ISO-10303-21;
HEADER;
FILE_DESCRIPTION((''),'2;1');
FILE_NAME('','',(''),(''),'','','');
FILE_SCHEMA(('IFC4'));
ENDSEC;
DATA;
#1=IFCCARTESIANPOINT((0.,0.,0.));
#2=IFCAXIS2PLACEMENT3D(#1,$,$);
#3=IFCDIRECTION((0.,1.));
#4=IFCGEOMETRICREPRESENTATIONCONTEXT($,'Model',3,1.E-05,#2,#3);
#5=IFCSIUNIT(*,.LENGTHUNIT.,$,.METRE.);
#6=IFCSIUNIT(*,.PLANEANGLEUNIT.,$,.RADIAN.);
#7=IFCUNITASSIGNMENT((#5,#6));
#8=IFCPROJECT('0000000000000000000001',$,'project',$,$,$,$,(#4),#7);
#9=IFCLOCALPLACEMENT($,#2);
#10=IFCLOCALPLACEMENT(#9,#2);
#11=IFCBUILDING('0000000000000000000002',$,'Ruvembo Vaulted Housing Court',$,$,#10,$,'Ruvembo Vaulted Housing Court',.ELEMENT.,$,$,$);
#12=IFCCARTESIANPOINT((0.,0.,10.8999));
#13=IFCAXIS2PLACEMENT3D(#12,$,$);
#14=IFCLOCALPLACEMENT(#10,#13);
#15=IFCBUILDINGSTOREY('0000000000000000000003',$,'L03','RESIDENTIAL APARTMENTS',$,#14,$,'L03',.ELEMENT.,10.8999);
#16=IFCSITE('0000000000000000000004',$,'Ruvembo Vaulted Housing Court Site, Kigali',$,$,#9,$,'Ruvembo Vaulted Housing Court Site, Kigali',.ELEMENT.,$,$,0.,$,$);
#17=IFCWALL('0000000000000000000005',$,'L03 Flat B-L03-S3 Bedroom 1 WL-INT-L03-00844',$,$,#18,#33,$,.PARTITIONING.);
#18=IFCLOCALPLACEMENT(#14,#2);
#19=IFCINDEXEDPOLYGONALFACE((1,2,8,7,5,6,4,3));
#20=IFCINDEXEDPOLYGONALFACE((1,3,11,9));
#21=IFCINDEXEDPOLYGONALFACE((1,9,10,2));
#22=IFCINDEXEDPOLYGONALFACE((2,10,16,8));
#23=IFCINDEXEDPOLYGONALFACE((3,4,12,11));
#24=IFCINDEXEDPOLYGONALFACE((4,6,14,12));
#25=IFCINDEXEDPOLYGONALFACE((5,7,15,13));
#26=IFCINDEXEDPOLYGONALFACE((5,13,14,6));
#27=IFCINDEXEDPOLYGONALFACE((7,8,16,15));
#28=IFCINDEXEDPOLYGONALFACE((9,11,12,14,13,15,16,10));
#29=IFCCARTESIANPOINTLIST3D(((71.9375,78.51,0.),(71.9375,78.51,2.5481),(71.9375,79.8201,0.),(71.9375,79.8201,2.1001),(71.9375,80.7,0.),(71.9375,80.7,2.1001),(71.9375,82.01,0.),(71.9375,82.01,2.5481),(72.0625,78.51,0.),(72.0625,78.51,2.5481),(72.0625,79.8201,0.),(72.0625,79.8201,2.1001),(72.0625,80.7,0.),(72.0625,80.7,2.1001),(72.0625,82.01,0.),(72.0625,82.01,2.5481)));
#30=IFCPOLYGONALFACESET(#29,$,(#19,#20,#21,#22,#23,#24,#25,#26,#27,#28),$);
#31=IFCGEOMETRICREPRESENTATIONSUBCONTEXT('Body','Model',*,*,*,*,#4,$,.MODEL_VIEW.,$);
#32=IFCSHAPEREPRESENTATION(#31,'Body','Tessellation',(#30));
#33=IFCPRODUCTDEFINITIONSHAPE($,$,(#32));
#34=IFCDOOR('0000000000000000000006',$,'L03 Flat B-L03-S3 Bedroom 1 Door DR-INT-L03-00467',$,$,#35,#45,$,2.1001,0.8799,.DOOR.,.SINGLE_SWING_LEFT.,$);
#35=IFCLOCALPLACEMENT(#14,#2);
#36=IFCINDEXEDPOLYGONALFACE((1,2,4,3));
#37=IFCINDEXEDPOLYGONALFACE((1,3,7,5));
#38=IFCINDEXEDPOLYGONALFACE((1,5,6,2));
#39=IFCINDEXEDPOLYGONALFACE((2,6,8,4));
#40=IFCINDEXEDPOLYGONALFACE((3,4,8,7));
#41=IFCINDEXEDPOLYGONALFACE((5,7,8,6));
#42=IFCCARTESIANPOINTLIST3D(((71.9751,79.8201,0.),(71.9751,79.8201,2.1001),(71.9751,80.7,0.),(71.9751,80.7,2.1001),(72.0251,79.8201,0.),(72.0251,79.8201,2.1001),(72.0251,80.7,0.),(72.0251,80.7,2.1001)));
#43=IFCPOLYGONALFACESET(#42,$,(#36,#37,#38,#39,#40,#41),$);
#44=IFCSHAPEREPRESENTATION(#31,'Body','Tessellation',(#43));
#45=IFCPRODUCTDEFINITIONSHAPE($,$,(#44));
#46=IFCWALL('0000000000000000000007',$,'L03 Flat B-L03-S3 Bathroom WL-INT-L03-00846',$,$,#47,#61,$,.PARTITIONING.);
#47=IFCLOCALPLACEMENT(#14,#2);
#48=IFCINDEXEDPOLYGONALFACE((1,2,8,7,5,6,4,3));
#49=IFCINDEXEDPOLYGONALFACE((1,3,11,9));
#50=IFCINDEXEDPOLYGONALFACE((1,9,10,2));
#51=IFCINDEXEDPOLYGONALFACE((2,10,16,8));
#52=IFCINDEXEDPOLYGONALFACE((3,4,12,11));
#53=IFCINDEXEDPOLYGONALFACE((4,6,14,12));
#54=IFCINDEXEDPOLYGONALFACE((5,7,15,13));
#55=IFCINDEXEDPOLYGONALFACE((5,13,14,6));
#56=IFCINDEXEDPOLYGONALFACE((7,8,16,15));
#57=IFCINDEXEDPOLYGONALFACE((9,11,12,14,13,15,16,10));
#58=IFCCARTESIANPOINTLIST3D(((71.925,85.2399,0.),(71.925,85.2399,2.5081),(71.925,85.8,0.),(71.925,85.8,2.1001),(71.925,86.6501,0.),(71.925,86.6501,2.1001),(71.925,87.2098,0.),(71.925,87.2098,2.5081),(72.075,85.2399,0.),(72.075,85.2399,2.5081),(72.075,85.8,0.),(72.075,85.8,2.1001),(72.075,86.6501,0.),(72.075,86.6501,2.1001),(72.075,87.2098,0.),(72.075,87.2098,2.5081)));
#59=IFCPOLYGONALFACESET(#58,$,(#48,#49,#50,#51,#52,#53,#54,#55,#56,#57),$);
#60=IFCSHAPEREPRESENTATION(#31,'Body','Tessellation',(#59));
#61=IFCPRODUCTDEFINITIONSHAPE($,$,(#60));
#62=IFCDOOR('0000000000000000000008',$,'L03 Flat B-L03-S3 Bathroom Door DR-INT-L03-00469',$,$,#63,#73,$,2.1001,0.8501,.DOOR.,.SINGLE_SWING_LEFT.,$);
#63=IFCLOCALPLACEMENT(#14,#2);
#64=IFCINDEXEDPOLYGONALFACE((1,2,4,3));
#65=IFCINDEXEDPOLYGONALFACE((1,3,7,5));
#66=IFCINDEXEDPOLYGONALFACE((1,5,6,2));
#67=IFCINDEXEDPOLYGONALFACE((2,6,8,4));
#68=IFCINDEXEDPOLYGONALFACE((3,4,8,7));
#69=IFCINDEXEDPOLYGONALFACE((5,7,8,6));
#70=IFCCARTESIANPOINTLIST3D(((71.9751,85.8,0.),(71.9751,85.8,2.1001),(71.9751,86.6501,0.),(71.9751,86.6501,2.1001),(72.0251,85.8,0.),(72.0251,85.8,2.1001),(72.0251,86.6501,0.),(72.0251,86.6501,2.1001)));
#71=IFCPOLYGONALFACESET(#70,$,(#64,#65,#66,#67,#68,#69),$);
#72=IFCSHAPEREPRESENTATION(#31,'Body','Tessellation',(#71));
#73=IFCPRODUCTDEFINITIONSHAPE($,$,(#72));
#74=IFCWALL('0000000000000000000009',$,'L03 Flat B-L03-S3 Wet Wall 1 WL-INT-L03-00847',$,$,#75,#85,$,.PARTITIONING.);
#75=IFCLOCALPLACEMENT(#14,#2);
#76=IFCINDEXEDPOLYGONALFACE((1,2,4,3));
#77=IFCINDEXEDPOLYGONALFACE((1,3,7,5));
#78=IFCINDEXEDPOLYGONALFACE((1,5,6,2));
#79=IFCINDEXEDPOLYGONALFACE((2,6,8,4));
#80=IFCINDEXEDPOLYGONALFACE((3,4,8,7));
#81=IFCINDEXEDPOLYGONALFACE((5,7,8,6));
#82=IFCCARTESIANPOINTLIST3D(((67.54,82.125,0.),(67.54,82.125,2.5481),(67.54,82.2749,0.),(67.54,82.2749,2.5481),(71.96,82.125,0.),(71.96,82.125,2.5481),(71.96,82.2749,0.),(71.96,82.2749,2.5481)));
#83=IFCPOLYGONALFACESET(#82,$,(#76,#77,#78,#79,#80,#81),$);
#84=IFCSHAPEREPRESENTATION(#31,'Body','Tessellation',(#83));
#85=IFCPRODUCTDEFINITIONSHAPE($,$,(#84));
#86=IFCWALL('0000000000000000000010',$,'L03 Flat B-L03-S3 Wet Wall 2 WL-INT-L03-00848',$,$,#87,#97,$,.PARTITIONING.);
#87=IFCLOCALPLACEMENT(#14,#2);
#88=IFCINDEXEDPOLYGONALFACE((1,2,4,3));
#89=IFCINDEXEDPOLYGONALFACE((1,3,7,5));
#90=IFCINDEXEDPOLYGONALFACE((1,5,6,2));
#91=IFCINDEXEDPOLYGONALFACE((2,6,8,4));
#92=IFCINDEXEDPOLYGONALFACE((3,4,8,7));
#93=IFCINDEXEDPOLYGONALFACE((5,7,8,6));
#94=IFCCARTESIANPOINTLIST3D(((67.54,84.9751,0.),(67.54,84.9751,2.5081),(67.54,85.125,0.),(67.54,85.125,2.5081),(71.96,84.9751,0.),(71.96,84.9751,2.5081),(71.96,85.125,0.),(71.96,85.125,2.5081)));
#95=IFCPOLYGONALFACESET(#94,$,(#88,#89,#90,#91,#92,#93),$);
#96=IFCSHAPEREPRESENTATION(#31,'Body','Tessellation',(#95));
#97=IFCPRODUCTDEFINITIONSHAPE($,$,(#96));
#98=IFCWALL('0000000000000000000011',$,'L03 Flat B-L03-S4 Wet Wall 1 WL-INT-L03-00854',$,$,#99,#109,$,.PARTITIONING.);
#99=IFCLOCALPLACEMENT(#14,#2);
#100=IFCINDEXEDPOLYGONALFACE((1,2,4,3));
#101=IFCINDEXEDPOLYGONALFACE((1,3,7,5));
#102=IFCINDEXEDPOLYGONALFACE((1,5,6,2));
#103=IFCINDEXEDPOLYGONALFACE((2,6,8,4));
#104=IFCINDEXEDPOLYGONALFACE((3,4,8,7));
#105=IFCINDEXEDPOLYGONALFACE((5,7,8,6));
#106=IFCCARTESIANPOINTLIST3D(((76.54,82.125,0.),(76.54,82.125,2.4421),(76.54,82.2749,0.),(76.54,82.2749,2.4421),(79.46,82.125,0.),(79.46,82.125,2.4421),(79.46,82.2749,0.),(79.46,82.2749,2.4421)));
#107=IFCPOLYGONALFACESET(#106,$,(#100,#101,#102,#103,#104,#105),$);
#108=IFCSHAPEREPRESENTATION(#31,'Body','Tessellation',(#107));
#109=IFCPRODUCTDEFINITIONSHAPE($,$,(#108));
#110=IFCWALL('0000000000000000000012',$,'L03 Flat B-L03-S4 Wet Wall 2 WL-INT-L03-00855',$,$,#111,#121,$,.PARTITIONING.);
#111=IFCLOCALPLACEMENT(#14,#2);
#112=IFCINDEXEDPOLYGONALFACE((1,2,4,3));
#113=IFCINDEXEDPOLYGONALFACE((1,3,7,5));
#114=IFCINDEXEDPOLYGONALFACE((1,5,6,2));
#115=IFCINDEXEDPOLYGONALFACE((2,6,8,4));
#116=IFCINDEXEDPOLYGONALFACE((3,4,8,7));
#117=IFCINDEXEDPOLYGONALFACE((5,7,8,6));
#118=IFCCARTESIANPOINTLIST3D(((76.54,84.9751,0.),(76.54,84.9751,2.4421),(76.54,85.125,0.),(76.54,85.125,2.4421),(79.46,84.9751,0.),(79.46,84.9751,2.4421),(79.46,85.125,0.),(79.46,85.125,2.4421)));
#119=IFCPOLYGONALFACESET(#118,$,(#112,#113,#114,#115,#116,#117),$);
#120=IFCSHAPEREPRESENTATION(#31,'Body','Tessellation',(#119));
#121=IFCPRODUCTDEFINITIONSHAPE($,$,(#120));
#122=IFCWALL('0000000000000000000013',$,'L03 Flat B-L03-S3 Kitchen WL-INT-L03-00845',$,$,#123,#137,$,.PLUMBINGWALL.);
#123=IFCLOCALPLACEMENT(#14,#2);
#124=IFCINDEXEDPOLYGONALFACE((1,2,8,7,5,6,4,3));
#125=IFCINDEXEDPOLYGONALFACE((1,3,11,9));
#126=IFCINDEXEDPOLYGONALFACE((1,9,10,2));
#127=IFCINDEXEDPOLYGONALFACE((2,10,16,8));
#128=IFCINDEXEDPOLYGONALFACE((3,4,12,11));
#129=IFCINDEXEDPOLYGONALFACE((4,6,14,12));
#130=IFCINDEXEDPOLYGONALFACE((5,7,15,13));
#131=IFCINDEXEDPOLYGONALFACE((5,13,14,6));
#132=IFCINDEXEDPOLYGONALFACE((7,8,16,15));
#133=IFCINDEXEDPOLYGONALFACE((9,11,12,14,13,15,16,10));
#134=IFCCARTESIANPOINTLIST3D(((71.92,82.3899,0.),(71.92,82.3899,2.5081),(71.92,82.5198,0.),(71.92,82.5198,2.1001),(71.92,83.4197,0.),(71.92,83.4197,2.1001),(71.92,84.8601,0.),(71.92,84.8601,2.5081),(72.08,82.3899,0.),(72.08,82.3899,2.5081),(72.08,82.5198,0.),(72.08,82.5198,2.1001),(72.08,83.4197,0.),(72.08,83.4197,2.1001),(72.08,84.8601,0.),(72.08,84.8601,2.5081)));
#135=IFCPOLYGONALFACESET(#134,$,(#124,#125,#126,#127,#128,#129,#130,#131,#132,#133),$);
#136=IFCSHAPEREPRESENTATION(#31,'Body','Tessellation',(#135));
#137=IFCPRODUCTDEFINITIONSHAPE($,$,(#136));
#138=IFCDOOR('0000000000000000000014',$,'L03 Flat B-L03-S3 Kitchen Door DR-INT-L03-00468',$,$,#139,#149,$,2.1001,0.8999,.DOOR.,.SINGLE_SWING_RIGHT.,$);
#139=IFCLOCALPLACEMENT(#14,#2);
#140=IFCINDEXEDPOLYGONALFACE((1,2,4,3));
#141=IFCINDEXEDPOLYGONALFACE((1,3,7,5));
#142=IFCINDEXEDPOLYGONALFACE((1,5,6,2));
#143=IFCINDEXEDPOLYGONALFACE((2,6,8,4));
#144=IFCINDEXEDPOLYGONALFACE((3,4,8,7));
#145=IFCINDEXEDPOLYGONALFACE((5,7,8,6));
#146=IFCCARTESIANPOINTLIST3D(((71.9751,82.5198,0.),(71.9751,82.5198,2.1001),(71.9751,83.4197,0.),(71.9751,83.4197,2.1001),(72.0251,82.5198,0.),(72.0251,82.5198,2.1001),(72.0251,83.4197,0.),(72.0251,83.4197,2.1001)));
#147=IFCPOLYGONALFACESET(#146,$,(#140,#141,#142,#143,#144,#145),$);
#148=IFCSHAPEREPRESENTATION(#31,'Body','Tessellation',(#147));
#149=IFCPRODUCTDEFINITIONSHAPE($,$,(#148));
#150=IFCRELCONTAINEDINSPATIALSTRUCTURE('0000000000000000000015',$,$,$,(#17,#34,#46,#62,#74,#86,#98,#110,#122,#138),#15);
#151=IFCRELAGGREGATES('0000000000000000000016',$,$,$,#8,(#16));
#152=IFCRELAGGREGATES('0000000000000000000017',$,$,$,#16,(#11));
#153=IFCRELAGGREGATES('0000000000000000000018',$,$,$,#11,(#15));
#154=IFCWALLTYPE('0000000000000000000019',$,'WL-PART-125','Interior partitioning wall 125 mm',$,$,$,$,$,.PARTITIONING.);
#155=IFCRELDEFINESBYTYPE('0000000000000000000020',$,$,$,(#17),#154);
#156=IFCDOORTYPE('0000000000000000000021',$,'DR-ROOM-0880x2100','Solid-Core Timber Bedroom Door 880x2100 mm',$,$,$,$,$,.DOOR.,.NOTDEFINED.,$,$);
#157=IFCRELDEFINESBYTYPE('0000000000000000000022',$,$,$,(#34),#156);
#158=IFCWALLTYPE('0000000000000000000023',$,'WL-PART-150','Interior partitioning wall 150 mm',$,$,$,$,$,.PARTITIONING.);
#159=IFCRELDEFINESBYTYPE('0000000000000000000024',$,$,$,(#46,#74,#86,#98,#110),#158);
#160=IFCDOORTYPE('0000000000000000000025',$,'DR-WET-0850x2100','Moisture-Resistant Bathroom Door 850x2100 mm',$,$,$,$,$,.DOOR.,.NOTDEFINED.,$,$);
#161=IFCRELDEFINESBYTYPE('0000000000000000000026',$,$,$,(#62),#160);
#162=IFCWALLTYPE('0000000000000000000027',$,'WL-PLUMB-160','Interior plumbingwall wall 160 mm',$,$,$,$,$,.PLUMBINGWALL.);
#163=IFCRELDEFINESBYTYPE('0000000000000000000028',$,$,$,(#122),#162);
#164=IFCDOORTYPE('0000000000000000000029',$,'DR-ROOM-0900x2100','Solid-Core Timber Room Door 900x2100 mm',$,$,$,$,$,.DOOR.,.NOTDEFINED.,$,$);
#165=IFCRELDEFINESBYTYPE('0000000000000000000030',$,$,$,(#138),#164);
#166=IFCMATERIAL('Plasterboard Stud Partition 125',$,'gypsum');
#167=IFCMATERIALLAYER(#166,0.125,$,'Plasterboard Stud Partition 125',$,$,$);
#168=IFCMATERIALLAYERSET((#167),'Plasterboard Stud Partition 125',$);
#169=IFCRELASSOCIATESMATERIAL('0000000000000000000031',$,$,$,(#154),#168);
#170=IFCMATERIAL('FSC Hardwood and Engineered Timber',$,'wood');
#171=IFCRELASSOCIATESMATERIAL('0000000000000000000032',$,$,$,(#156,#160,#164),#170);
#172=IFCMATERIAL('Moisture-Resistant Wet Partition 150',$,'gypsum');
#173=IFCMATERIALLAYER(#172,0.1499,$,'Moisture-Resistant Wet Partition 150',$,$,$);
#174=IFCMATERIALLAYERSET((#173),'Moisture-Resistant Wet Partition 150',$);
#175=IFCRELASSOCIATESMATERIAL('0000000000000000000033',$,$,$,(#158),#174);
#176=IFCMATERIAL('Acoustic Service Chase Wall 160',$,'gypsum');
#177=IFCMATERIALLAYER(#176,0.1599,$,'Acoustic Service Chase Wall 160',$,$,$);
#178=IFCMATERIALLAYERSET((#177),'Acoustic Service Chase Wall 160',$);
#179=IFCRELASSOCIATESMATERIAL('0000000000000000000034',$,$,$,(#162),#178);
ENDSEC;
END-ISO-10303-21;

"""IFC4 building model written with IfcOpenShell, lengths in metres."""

from ifc_helpers import new_model, si_unit, direction, frame, frame_2d, origin, place, context, subcontext, project, spatial, rectangle, extrude, material, layer, layer_set, type_object, element, fill, save


model = new_model("IFC4")

# Units and contexts
model_context = context("Model", 3, precision=1e-05, world=origin(), true_north=direction((0.0, 1.0)))
body_context = subcontext(model_context, "Body", "Model", "MODEL_VIEW")
ifc_project = project(units=[si_unit("LENGTHUNIT", "METRE"), si_unit("PLANEANGLEUNIT", "RADIAN")], contexts=[model_context])

# Site, building, storey
site_placement = place(None, origin())
site = spatial("IfcSite", under=ifc_project, at=site_placement, Name="Ruvembo Vaulted Housing Court Site, Kigali", LongName="Ruvembo Vaulted Housing Court Site, Kigali", CompositionType="ELEMENT", RefElevation=0.0)
building_placement = place(site_placement, origin())
building = spatial("IfcBuilding", under=site, at=building_placement, Name="Ruvembo Vaulted Housing Court", LongName="Ruvembo Vaulted Housing Court", CompositionType="ELEMENT")
storey_placement = place(building_placement, frame((0.0, 0.0, 10.8999)))
storey = spatial("IfcBuildingStorey", under=building, at=storey_placement, Name="L03", Description="RESIDENTIAL APARTMENTS", LongName="L03", CompositionType="ELEMENT", Elevation=10.8999)

# Shared definitions
ifc_material_1 = material(Name="FSC Hardwood and Engineered Timber", Category="wood")

# Walls, openings, doors
ifc_material_2 = material(Name="Plasterboard Stud Partition 125", Category="gypsum")
ifc_layer_1 = layer(ifc_material_2, 0.125, Name="Plasterboard Stud Partition 125")
ifc_layer_set_1 = layer_set([ifc_layer_1], Name="Plasterboard Stud Partition 125")
wall_type_1 = type_object("IfcWallType", Name="WL-PART-125", Description="Interior partitioning wall 125 mm", PredefinedType="PARTITIONING", material=ifc_layer_set_1)
wall_1_placement = place(storey_placement, frame((72.0, 78.51, 0.0), z_axis=(0.0, 0.0, 1.0), x_axis=(0.0, 1.0, 0.0)))
wall_1 = element("IfcWall", 1, at=wall_1_placement, inside=storey, type_object=wall_type_1, Name="L03 Flat B-L03-S3 Bedroom 1 WL-INT-L03-00844", PredefinedType="PARTITIONING", context=body_context, shape_type="SweptSolid", body=[
    extrude(rectangle(XDim=3.5, YDim=0.125, at=frame_2d((1.75, 0.0))), origin(), (0.0, 0.0, 1.0), 2.5481),
])
opening_1_placement = place(wall_1_placement, frame((1.3101, 0.0, 0.0)))
opening_1 = element("IfcOpeningElement", 2, at=opening_1_placement, cuts=wall_1, PredefinedType="OPENING", context=body_context, shape_type="SweptSolid", body=[
    extrude(rectangle(XDim=0.8799, YDim=2.1001, at=frame_2d((0.4399, 1.05))), frame((0.0, 0.0725, 0.0), z_axis=(0.0, -1.0, 0.0), x_axis=(1.0, 0.0, 0.0)), (0.0, 0.0, 1.0), 0.145),
])
door_type_1 = type_object("IfcDoorType", Name="DR-ROOM-0880x2100", Description="Solid-Core Timber Bedroom Door 880x2100 mm", OperationType="NOTDEFINED", PredefinedType="DOOR", material=ifc_material_1)
door_1_placement = place(opening_1_placement, origin())
door_1 = element("IfcDoor", 3, at=door_1_placement, inside=storey, type_object=door_type_1, Name="L03 Flat B-L03-S3 Bedroom 1 Door DR-INT-L03-00467", OperationType="SINGLE_SWING_LEFT", OverallHeight=2.1001, OverallWidth=0.8799, PredefinedType="DOOR", context=body_context, shape_type="SweptSolid", body=[
    extrude(rectangle(XDim=0.8799, YDim=2.1001, at=frame_2d((0.4399, 1.05))), frame((0.0, 0.0249, 0.0), z_axis=(0.0, -1.0, 0.0), x_axis=(1.0, 0.0, 0.0)), (0.0, 0.0, 1.0), 0.05),
])
fill(opening_1, door_1)
ifc_material_3 = material(Name="Moisture-Resistant Wet Partition 150", Category="gypsum")
ifc_layer_2 = layer(ifc_material_3, 0.1499, Name="Moisture-Resistant Wet Partition 150")
ifc_layer_set_2 = layer_set([ifc_layer_2], Name="Moisture-Resistant Wet Partition 150")
wall_type_2 = type_object("IfcWallType", Name="WL-PART-150", Description="Interior partitioning wall 150 mm", PredefinedType="PARTITIONING", material=ifc_layer_set_2)
wall_2_placement = place(storey_placement, frame((72.0, 85.24, 0.0), z_axis=(0.0, 0.0, 1.0), x_axis=(0.0, 1.0, 0.0)))
wall_2 = element("IfcWall", 4, at=wall_2_placement, inside=storey, type_object=wall_type_2, Name="L03 Flat B-L03-S3 Bathroom WL-INT-L03-00846", PredefinedType="PARTITIONING", context=body_context, shape_type="SweptSolid", body=[
    extrude(rectangle(XDim=1.97, YDim=0.1499, at=frame_2d((0.9849, 0.0))), origin(), (0.0, 0.0, 1.0), 2.5081),
])
opening_2_placement = place(wall_2_placement, frame((0.5601, 0.0, 0.0)))
opening_2 = element("IfcOpeningElement", 5, at=opening_2_placement, cuts=wall_2, PredefinedType="OPENING", context=body_context, shape_type="SweptSolid", body=[
    extrude(rectangle(XDim=0.8501, YDim=2.1001, at=frame_2d((0.425, 1.05))), frame((0.0, 0.085, 0.0), z_axis=(0.0, -1.0, 0.0), x_axis=(1.0, 0.0, 0.0)), (0.0, 0.0, 1.0), 0.1699),
])
door_type_2 = type_object("IfcDoorType", Name="DR-WET-0850x2100", Description="Moisture-Resistant Bathroom Door 850x2100 mm", OperationType="NOTDEFINED", PredefinedType="DOOR", material=ifc_material_1)
door_2_placement = place(opening_2_placement, origin())
door_2 = element("IfcDoor", 6, at=door_2_placement, inside=storey, type_object=door_type_2, Name="L03 Flat B-L03-S3 Bathroom Door DR-INT-L03-00469", OperationType="SINGLE_SWING_LEFT", OverallHeight=2.1001, OverallWidth=0.8501, PredefinedType="DOOR", context=body_context, shape_type="SweptSolid", body=[
    extrude(rectangle(XDim=0.8501, YDim=2.1001, at=frame_2d((0.425, 1.05))), frame((0.0, 0.0249, 0.0), z_axis=(0.0, -1.0, 0.0), x_axis=(1.0, 0.0, 0.0)), (0.0, 0.0, 1.0), 0.05),
])
fill(opening_2, door_2)

# Walls
wall_3_placement = place(storey_placement, frame((67.54, 82.2, 0.0), z_axis=(0.0, 0.0, 1.0), x_axis=(1.0, 0.0, 0.0)))
element("IfcWall", 7, at=wall_3_placement, inside=storey, type_object=wall_type_2, Name="L03 Flat B-L03-S3 Wet Wall 1 WL-INT-L03-00847", PredefinedType="PARTITIONING", context=body_context, shape_type="SweptSolid", body=[
    extrude(rectangle(XDim=4.4199, YDim=0.1499, at=frame_2d((2.21, 0.0))), origin(), (0.0, 0.0, 1.0), 2.5481),
])
wall_4_placement = place(storey_placement, frame((67.54, 85.05, 0.0), z_axis=(0.0, 0.0, 1.0), x_axis=(1.0, 0.0, 0.0)))
element("IfcWall", 8, at=wall_4_placement, inside=storey, type_object=wall_type_2, Name="L03 Flat B-L03-S3 Wet Wall 2 WL-INT-L03-00848", PredefinedType="PARTITIONING", context=body_context, shape_type="SweptSolid", body=[
    extrude(rectangle(XDim=4.4199, YDim=0.1499, at=frame_2d((2.21, 0.0))), origin(), (0.0, 0.0, 1.0), 2.5081),
])
for number, where, z_axis, x_axis, name in (
    (9, (76.54, 82.2, 0.0), (0.0, 0.0, 1.0), (1.0, 0.0, 0.0), "L03 Flat B-L03-S4 Wet Wall 1 WL-INT-L03-00854"),
    (10, (76.54, 85.05, 0.0), (0.0, 0.0, 1.0), (1.0, 0.0, 0.0), "L03 Flat B-L03-S4 Wet Wall 2 WL-INT-L03-00855"),
):
    element("IfcWall", number, at=place(storey_placement, frame(where, z_axis=z_axis, x_axis=x_axis)), inside=storey, type_object=wall_type_2, Name=name, PredefinedType="PARTITIONING", context=body_context, shape_type="SweptSolid", body=[
        extrude(rectangle(XDim=2.9199, YDim=0.1499, at=frame_2d((1.46, 0.0))), origin(), (0.0, 0.0, 1.0), 2.4421),
    ])

# Wall, opening, door
ifc_material_4 = material(Name="Acoustic Service Chase Wall 160", Category="gypsum")
ifc_layer_3 = layer(ifc_material_4, 0.1599, Name="Acoustic Service Chase Wall 160")
ifc_layer_set_3 = layer_set([ifc_layer_3], Name="Acoustic Service Chase Wall 160")
wall_type_3 = type_object("IfcWallType", Name="WL-PLUMB-160", Description="Interior plumbingwall wall 160 mm", PredefinedType="PLUMBINGWALL", material=ifc_layer_set_3)
wall_5_placement = place(storey_placement, frame((72.0, 82.3899, 0.0), z_axis=(0.0, 0.0, 1.0), x_axis=(0.0, 1.0, 0.0)))
wall_5 = element("IfcWall", 11, at=wall_5_placement, inside=storey, type_object=wall_type_3, Name="L03 Flat B-L03-S3 Kitchen WL-INT-L03-00845", PredefinedType="PLUMBINGWALL", context=body_context, shape_type="SweptSolid", body=[
    extrude(rectangle(XDim=2.4702, YDim=0.1599, at=frame_2d((1.2351, 0.0))), origin(), (0.0, 0.0, 1.0), 2.5081),
])
opening_3_placement = place(wall_5_placement, frame((0.1299, 0.0, 0.0)))
opening_3 = element("IfcOpeningElement", 12, at=opening_3_placement, cuts=wall_5, PredefinedType="OPENING", context=body_context, shape_type="SweptSolid", body=[
    extrude(rectangle(XDim=0.8999, YDim=2.1001, at=frame_2d((0.45, 1.05))), frame((0.0, 0.0898, 0.0), z_axis=(0.0, -1.0, 0.0), x_axis=(1.0, 0.0, 0.0)), (0.0, 0.0, 1.0), 0.1799),
])
door_type_3 = type_object("IfcDoorType", Name="DR-ROOM-0900x2100", Description="Solid-Core Timber Room Door 900x2100 mm", OperationType="NOTDEFINED", PredefinedType="DOOR", material=ifc_material_1)
door_3_placement = place(opening_3_placement, origin())
door_3 = element("IfcDoor", 13, at=door_3_placement, inside=storey, type_object=door_type_3, Name="L03 Flat B-L03-S3 Kitchen Door DR-INT-L03-00468", OperationType="SINGLE_SWING_RIGHT", OverallHeight=2.1001, OverallWidth=0.8999, PredefinedType="DOOR", context=body_context, shape_type="SweptSolid", body=[
    extrude(rectangle(XDim=0.8999, YDim=2.1001, at=frame_2d((0.45, 1.05))), frame((0.0, 0.0249, 0.0), z_axis=(0.0, -1.0, 0.0), x_axis=(1.0, 0.0, 0.0)), (0.0, 0.0, 1.0), 0.05),
])
fill(opening_3, door_3)

save(model, "model.ifc")
